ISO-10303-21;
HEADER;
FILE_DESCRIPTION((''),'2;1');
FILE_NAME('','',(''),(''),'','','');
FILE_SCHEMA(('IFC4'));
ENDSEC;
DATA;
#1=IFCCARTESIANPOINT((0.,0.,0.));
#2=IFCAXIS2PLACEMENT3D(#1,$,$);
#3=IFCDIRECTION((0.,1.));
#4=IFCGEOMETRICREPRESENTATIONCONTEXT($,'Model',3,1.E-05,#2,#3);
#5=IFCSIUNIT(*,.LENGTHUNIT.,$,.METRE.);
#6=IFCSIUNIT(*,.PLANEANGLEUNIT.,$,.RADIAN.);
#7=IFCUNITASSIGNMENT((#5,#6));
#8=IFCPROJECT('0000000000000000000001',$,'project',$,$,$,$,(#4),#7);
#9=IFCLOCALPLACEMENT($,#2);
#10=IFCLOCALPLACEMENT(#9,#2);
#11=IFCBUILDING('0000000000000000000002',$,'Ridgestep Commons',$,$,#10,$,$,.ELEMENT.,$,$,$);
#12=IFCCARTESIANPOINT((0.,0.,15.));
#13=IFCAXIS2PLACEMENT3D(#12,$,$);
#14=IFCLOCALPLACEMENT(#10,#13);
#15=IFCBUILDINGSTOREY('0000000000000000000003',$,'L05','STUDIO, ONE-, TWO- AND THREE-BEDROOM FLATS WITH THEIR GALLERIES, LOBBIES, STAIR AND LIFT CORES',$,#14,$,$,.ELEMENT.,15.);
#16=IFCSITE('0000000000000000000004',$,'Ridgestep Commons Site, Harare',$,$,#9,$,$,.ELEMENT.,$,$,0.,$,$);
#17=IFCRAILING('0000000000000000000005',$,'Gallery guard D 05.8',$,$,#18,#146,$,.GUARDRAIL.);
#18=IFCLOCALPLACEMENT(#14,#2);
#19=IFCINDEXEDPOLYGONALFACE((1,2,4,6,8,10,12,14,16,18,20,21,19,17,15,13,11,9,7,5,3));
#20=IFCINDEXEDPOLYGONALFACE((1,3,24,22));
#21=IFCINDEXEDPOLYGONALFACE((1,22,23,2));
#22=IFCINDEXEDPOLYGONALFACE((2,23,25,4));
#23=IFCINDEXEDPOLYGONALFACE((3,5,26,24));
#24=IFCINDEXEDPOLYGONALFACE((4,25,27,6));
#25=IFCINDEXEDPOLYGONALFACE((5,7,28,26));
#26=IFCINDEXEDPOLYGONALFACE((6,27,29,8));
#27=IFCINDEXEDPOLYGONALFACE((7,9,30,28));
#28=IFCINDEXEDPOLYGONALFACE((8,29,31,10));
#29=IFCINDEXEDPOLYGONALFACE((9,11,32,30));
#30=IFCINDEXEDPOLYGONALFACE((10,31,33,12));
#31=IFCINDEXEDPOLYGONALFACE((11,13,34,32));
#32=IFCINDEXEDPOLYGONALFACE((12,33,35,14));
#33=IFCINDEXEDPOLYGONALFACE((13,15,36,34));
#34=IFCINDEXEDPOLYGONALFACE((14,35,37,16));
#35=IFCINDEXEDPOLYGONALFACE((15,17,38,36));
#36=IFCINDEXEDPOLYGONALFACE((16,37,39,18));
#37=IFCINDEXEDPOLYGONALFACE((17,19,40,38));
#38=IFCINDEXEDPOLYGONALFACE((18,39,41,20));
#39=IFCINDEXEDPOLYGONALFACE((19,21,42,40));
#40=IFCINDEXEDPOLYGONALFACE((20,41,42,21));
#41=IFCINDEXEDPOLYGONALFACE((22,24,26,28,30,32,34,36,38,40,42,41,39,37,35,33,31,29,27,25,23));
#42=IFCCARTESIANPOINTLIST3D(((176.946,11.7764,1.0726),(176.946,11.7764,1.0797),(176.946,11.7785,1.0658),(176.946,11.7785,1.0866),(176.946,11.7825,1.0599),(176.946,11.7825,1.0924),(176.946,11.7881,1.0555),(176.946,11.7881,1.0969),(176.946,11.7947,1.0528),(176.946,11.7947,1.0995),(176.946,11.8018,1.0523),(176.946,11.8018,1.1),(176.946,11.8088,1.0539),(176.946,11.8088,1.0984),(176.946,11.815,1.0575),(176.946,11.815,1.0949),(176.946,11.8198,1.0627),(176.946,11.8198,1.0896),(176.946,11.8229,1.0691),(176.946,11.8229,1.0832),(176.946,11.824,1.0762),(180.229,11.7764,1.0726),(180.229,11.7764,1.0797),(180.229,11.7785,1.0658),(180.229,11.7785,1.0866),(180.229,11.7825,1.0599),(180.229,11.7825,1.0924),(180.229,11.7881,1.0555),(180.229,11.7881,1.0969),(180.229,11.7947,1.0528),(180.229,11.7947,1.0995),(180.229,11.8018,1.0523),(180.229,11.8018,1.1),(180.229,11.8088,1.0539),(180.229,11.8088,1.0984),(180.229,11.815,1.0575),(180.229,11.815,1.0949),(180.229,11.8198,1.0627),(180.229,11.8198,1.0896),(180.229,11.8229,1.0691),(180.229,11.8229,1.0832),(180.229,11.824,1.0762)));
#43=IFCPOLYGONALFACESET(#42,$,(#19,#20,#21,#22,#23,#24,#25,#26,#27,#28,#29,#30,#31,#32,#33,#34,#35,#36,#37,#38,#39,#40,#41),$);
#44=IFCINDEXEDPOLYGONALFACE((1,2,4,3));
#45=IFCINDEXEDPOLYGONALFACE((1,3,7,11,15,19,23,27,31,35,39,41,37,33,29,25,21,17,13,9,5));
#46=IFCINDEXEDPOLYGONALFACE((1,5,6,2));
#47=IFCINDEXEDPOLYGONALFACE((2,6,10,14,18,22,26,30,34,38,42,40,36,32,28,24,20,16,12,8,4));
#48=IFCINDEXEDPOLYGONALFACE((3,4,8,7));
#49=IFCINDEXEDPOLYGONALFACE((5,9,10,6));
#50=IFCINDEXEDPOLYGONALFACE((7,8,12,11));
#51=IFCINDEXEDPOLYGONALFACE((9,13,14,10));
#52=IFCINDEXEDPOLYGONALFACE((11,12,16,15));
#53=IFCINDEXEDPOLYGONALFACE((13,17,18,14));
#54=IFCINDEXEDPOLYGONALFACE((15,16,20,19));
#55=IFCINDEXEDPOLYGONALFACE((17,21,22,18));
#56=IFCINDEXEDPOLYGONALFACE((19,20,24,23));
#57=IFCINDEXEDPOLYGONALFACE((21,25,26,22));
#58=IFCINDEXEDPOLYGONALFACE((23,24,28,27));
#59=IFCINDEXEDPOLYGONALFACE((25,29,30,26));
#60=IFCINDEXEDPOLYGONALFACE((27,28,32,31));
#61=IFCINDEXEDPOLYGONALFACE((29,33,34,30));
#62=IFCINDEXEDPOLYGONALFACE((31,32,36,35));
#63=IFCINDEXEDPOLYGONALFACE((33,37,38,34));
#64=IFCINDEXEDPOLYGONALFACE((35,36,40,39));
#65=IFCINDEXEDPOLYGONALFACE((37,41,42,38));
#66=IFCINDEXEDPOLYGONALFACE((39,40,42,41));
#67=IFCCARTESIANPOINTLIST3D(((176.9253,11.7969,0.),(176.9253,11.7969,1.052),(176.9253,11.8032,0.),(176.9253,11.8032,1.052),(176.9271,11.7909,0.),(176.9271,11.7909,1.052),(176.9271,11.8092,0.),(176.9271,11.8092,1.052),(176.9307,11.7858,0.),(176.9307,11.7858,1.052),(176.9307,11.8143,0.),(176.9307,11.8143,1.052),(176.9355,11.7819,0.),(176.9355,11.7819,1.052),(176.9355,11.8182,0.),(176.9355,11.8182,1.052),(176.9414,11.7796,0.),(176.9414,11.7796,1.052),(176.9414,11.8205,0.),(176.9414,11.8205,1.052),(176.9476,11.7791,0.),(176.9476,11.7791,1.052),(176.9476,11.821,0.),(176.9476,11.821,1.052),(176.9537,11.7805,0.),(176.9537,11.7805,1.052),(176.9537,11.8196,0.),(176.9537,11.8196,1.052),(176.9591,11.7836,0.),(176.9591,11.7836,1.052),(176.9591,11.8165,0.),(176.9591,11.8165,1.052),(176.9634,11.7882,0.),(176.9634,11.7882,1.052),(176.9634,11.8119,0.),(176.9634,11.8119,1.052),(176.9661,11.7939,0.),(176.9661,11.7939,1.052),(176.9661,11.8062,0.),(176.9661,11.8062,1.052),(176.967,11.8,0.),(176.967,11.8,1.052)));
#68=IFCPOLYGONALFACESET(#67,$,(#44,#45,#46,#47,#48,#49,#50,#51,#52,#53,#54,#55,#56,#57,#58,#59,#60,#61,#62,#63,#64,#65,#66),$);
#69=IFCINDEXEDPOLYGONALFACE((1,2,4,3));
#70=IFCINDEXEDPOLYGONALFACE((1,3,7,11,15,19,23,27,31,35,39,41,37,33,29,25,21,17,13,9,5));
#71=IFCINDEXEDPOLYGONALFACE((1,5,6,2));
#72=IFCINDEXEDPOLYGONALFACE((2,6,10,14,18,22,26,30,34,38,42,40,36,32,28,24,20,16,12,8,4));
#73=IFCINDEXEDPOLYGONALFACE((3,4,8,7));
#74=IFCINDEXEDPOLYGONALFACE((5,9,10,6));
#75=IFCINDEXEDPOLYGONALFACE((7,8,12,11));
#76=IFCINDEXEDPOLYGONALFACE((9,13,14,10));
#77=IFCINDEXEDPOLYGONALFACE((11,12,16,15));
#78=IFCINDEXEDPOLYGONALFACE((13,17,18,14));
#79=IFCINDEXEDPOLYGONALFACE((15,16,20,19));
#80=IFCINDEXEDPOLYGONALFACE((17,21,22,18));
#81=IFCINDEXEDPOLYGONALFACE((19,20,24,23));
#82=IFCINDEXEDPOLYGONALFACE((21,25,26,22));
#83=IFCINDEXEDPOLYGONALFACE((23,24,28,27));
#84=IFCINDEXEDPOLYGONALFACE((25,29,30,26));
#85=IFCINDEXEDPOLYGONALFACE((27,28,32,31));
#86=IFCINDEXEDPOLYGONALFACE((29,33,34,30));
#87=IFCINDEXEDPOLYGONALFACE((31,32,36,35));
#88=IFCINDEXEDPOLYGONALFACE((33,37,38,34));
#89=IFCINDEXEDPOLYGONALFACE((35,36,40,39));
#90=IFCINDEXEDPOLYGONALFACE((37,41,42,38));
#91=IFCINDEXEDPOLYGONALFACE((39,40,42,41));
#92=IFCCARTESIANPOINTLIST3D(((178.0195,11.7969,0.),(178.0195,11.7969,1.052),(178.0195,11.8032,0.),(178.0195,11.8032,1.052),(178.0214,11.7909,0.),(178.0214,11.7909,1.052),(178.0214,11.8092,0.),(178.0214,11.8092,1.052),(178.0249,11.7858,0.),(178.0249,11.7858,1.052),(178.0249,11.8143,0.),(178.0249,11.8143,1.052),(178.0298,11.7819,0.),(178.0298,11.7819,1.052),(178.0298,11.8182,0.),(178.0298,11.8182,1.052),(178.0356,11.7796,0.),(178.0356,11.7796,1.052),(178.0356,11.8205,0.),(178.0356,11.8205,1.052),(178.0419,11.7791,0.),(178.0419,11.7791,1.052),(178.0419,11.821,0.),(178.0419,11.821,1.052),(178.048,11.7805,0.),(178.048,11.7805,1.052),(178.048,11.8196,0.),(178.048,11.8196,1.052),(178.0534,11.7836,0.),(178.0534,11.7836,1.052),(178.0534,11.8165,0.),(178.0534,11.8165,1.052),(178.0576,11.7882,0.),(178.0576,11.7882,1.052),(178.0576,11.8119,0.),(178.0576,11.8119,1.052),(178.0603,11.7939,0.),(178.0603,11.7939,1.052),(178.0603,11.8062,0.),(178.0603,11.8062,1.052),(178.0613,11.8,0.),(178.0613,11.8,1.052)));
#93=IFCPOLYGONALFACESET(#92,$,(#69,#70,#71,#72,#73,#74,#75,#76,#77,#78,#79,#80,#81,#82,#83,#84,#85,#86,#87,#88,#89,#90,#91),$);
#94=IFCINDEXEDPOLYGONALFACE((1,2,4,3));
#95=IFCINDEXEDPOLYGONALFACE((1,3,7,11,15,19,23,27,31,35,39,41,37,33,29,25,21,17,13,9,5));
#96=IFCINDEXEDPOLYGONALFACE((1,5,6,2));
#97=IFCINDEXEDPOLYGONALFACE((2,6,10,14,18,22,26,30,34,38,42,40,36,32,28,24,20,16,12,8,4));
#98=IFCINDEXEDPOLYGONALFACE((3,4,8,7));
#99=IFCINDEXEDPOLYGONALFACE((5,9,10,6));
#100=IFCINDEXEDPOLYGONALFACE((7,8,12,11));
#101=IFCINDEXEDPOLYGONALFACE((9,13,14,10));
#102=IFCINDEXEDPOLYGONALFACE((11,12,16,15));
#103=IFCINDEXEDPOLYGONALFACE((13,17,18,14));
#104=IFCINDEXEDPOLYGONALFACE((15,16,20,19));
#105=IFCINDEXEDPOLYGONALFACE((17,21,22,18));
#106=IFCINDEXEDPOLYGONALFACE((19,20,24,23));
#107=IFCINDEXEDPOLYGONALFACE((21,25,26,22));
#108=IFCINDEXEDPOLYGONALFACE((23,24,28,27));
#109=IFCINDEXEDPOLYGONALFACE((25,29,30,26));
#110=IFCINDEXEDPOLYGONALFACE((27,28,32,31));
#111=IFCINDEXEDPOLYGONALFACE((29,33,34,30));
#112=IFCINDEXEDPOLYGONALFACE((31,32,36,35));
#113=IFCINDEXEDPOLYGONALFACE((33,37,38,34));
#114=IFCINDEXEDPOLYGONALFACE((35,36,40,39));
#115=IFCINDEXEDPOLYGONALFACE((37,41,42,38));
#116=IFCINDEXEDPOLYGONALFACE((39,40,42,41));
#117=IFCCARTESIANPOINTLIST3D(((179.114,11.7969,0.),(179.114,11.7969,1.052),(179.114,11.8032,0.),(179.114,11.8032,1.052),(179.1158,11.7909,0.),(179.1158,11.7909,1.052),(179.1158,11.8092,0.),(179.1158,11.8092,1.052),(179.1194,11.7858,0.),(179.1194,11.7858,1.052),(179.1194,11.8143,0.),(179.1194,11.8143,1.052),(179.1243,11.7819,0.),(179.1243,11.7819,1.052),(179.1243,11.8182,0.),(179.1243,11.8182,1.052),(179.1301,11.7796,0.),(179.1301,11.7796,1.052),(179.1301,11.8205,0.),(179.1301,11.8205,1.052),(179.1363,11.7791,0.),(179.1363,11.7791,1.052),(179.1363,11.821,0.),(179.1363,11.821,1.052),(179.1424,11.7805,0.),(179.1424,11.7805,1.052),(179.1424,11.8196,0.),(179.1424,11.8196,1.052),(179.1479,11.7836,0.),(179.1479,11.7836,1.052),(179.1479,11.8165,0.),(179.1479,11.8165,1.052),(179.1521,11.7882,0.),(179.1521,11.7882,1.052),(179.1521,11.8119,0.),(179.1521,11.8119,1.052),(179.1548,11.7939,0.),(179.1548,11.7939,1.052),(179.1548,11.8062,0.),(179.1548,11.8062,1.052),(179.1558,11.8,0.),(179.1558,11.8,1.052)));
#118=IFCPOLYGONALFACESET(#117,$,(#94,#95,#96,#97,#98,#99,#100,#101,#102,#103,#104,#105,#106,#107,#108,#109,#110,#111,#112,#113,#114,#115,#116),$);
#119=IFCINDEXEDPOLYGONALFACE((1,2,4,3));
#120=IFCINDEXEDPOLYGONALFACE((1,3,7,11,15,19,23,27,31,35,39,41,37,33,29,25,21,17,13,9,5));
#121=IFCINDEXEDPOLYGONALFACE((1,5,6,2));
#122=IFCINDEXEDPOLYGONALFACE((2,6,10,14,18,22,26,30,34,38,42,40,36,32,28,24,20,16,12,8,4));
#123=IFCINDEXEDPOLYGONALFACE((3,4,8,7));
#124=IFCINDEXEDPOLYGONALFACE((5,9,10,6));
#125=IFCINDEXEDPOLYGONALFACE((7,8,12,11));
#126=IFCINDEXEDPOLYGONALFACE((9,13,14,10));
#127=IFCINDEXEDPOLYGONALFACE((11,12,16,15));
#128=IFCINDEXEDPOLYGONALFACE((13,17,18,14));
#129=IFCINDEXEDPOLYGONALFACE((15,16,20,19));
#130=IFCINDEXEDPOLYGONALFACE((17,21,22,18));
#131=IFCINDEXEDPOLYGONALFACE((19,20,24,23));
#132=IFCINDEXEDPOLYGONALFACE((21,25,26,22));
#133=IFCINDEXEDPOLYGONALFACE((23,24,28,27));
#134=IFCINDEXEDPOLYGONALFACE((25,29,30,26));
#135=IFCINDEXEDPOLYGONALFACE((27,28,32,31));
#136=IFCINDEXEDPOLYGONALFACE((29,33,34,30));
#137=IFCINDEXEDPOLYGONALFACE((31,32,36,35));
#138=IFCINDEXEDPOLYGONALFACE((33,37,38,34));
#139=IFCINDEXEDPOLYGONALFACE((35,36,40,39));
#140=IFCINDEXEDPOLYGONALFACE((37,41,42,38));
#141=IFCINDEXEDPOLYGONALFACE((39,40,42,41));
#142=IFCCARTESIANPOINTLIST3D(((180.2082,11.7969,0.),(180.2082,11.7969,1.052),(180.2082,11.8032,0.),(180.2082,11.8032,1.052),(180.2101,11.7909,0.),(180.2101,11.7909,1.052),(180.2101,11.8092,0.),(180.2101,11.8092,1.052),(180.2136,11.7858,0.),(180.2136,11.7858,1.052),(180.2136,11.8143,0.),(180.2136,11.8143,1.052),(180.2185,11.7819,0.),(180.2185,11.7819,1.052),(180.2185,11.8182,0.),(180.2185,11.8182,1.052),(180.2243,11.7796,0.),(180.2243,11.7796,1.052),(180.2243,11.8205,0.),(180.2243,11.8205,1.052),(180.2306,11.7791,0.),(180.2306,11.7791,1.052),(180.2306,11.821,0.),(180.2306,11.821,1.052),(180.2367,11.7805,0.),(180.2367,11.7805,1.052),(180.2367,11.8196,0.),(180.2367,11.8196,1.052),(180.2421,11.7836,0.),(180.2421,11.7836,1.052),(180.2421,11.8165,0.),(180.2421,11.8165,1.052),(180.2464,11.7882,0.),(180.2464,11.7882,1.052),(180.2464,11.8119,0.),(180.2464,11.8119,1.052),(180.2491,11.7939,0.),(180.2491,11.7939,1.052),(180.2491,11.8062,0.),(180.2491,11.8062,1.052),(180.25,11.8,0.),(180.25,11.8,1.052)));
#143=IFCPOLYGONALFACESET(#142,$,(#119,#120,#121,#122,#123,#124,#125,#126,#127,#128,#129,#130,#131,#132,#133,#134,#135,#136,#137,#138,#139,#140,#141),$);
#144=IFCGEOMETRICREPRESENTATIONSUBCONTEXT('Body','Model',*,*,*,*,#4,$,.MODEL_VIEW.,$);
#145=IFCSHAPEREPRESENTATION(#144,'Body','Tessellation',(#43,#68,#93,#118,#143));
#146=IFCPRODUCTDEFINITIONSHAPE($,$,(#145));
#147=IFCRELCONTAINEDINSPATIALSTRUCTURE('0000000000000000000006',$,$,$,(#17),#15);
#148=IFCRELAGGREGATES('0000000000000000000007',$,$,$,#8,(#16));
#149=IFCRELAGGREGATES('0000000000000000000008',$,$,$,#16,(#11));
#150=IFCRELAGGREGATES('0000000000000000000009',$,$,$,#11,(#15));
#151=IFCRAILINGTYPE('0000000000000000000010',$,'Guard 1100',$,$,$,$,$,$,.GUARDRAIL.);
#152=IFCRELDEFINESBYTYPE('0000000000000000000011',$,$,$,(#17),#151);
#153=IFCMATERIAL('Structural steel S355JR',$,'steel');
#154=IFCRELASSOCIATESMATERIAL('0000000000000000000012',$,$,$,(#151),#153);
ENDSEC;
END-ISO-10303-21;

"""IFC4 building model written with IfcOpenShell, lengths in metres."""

from ifc_helpers import new_model, si_unit, direction, frame, origin, origin_2d, place, context, subcontext, project, spatial, circle, extrude, material, type_object, element, save


model = new_model("IFC4")

# Units and contexts
model_context = context("Model", 3, precision=1e-05, world=origin(), true_north=direction((0.0, 1.0)))
body_context = subcontext(model_context, "Body", "Model", "MODEL_VIEW")
ifc_project = project(units=[si_unit("LENGTHUNIT", "METRE"), si_unit("PLANEANGLEUNIT", "RADIAN")], contexts=[model_context])

# Site, building, storey
site_placement = place(None, origin())
site = spatial("IfcSite", under=ifc_project, at=site_placement, Name="Ridgestep Commons Site, Harare", CompositionType="ELEMENT", RefElevation=0.0)
building_placement = place(site_placement, origin())
building = spatial("IfcBuilding", under=site, at=building_placement, Name="Ridgestep Commons", CompositionType="ELEMENT")
storey_placement = place(building_placement, frame((0.0, 0.0, 15.0)))
storey = spatial("IfcBuildingStorey", under=building, at=storey_placement, Name="L05", Description="STUDIO, ONE-, TWO- AND THREE-BEDROOM FLATS WITH THEIR GALLERIES, LOBBIES, STAIR AND LIFT CORES", CompositionType="ELEMENT", Elevation=15.0)

# Railing
ifc_material_1 = material(Name="Structural steel S355JR", Category="steel")
railing_type = type_object("IfcRailingType", Name="Guard 1100", PredefinedType="GUARDRAIL", material=ifc_material_1)
for number, where, name in (
    (1, (176.946, 11.8, 0.0), "Gallery guard D 05.8"),
):
    element("IfcRailing", number, at=place(storey_placement, frame(where)), inside=storey, type_object=railing_type, Name=name, PredefinedType="GUARDRAIL", context=body_context, shape_type="SweptSolid", body=[
        extrude(circle(Radius=0.0239, at=origin_2d()), frame((0.0, 0.0, 1.0762), z_axis=(1.0, 0.0, 0.0), x_axis=(0.0, 1.0, 0.0)), (0.0, 0.0, 1.0), 3.283),
        extrude(circle(Radius=0.021, at=origin_2d()), origin(), (0.0, 0.0, 1.0), 1.052),
        extrude(circle(Radius=0.021, at=origin_2d()), frame((1.0942, 0.0, 0.0)), (0.0, 0.0, 1.0), 1.052),
        extrude(circle(Radius=0.021, at=origin_2d()), frame((2.1887, 0.0, 0.0)), (0.0, 0.0, 1.0), 1.052),
        extrude(circle(Radius=0.021, at=origin_2d()), frame((3.283, 0.0, 0.0)), (0.0, 0.0, 1.0), 1.052),
    ])

save(model, "model.ifc")
